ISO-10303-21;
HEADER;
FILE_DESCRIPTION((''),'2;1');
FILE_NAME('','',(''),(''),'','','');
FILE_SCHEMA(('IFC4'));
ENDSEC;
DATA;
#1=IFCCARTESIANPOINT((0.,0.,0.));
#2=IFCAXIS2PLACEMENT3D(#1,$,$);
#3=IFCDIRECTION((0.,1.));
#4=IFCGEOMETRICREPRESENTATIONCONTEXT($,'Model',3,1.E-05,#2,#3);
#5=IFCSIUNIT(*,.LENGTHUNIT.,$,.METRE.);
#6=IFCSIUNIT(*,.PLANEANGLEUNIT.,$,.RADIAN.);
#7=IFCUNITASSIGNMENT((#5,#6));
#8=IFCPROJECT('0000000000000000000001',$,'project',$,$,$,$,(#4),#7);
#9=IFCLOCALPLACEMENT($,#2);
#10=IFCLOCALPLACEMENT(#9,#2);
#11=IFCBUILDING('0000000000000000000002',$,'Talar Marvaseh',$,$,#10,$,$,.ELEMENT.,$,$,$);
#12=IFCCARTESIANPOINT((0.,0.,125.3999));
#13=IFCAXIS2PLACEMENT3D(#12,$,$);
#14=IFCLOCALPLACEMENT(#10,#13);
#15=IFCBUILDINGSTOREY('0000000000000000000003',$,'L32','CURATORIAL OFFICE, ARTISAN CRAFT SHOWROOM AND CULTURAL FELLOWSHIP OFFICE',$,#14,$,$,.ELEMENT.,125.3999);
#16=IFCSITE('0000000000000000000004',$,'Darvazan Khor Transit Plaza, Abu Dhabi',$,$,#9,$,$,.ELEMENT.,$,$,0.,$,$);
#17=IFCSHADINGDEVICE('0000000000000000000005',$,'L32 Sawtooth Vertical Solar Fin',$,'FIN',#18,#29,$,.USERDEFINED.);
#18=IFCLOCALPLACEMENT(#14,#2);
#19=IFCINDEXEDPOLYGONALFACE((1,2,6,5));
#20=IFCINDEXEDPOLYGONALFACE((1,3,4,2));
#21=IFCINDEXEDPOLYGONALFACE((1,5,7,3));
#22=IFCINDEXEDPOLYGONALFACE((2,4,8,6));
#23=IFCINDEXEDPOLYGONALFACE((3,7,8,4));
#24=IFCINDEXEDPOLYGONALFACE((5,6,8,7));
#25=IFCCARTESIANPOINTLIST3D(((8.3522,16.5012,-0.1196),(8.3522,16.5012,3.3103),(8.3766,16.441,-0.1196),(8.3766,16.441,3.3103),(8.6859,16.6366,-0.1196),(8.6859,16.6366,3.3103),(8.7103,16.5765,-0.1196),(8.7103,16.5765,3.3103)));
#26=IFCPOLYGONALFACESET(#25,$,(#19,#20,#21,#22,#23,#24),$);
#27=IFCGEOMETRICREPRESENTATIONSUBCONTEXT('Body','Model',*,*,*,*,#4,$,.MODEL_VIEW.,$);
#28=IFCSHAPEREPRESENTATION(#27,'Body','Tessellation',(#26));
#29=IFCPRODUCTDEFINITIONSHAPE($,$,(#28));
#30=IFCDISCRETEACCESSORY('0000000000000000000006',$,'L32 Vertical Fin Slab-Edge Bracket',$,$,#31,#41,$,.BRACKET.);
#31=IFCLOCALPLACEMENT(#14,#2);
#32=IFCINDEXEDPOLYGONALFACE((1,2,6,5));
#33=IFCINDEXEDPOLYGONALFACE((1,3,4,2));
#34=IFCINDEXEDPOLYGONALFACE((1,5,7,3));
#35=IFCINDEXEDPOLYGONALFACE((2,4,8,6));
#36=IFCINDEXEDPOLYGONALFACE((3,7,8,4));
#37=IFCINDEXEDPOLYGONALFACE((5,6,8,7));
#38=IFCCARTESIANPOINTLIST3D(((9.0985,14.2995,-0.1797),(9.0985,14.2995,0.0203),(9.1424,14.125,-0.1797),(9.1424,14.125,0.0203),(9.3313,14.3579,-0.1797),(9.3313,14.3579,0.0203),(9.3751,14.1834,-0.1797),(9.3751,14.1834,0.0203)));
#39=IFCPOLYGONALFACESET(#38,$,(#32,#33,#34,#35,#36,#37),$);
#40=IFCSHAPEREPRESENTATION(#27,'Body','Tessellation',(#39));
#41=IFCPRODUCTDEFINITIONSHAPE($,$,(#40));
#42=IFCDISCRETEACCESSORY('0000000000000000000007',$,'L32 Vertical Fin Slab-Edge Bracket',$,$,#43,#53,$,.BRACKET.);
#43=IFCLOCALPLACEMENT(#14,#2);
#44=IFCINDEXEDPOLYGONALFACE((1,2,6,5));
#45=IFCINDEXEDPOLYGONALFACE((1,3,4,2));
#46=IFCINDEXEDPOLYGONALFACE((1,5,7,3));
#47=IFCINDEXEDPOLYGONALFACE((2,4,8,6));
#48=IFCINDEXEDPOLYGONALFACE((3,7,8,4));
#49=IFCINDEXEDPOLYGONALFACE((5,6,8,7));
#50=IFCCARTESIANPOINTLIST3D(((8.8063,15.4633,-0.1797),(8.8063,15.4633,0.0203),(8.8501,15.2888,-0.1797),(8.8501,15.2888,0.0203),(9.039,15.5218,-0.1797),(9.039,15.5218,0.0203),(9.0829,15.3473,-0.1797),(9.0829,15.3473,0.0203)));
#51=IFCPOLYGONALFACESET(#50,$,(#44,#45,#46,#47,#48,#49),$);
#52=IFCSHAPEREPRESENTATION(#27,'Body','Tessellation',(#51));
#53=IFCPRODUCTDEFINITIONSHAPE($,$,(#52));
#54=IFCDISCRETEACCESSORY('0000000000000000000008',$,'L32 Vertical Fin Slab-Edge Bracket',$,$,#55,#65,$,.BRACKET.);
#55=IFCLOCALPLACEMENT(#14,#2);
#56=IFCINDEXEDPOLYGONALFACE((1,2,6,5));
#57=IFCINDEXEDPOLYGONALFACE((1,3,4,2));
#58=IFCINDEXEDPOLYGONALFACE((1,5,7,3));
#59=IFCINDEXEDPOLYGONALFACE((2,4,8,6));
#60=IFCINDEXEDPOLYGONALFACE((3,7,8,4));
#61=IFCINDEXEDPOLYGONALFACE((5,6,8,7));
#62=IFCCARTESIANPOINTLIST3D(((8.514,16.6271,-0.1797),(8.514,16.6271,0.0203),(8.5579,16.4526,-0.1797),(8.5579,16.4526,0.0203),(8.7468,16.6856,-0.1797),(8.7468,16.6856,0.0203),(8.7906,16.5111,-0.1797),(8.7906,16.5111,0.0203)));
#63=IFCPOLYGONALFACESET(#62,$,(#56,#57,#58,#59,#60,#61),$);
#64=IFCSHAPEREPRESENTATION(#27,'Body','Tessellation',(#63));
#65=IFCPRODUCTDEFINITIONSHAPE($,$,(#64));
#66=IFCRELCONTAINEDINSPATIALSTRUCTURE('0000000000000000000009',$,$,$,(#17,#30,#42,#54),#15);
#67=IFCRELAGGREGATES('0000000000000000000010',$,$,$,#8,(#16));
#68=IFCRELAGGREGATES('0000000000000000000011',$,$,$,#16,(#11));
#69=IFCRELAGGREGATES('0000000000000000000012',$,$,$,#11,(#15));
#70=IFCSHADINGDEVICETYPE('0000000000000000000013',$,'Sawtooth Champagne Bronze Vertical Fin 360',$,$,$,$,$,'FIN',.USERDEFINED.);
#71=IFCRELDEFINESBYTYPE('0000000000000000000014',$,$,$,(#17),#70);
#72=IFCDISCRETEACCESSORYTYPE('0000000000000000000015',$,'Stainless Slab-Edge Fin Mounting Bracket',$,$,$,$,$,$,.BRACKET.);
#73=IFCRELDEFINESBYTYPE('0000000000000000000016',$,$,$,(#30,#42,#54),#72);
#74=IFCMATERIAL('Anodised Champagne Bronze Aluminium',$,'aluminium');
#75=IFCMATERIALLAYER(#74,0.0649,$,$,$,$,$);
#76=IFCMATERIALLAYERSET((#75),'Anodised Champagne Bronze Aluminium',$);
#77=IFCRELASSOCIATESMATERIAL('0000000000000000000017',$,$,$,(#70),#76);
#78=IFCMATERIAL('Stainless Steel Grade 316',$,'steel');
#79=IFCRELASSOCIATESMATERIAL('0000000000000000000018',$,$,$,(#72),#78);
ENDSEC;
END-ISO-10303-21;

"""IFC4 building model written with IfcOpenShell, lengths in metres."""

from ifc_helpers import new_model, si_unit, direction, frame, origin, origin_2d, place, context, subcontext, project, spatial, rectangle, extrude, source, transform, mapped, material, layer, layer_set, type_object, type_shapes, element, save


model = new_model("IFC4")

# Units and contexts
model_context = context("Model", 3, precision=1e-05, world=origin(), true_north=direction((0.0, 1.0)))
body_context = subcontext(model_context, "Body", "Model", "MODEL_VIEW")
ifc_project = project(units=[si_unit("LENGTHUNIT", "METRE"), si_unit("PLANEANGLEUNIT", "RADIAN")], contexts=[model_context])

# Site, building, storey
site_placement = place(None, origin())
site = spatial("IfcSite", under=ifc_project, at=site_placement, Name="Darvazan Khor Transit Plaza, Abu Dhabi", CompositionType="ELEMENT", RefElevation=0.0)
building_placement = place(site_placement, origin())
building = spatial("IfcBuilding", under=site, at=building_placement, Name="Talar Marvaseh", CompositionType="ELEMENT")
storey_placement = place(building_placement, frame((0.0, 0.0, 125.3999)))
storey = spatial("IfcBuildingStorey", under=building, at=storey_placement, Name="L32", Description="CURATORIAL OFFICE, ARTISAN CRAFT SHOWROOM AND CULTURAL FELLOWSHIP OFFICE", CompositionType="ELEMENT", Elevation=125.3999)

# Shading device
ifc_material_1 = material(Name="Anodised Champagne Bronze Aluminium", Category="aluminium")
ifc_layer_1 = layer(ifc_material_1, 0.0649)
ifc_layer_set_1 = layer_set([ifc_layer_1], Name="Anodised Champagne Bronze Aluminium")
shading_device_type = type_object("IfcShadingDeviceType", Name="Sawtooth Champagne Bronze Vertical Fin 360", ElementType="FIN", PredefinedType="USERDEFINED", material=ifc_layer_set_1)
shared_shape_1 = source(origin(), body_context, "Body", "SweptSolid", [
    extrude(rectangle(XDim=0.3601, YDim=0.0649, at=origin_2d()), origin(), (0.0, 0.0, 1.0), 3.4299),
])
type_shapes(shading_device_type, [shared_shape_1])
for number, where, z_axis, x_axis, name in (
    (1, (8.5312, 16.5388, -0.1196), (0.0, 0.0, 1.0), (-0.926529, -0.376224, 0.0), "L32 Sawtooth Vertical Solar Fin"),
):
    element("IfcShadingDevice", number, at=place(storey_placement, frame(where, z_axis=z_axis, x_axis=x_axis)), inside=storey, type_object=shading_device_type, Name=name, ObjectType="FIN", PredefinedType="USERDEFINED", context=body_context, shape_type="MappedRepresentation", body=[
        mapped(shared_shape_1, transform((0.0, 0.0, 0.0), x_axis=(1.0, 0.0, 0.0), y_axis=(0.0, 1.0, 0.0), z_axis=(0.0, 0.0, 1.0), scale=1.0)),
    ])

# Discrete accessories
ifc_material_2 = material(Name="Stainless Steel Grade 316", Category="steel")
discrete_accessory_type = type_object("IfcDiscreteAccessoryType", Name="Stainless Slab-Edge Fin Mounting Bracket", PredefinedType="BRACKET", material=ifc_material_2)
shared_shape_2 = source(origin(), body_context, "Body", "SweptSolid", [
    extrude(rectangle(XDim=0.24, YDim=0.1799, at=origin_2d()), origin(), (0.0, 0.0, 1.0), 0.2),
])
type_shapes(discrete_accessory_type, [shared_shape_2])
for number, where, z_axis, x_axis, name in (
    (2, (9.2368, 14.2415, -0.1797), (0.0, 0.0, 1.0), (-0.969872, -0.243615, 0.0), "L32 Vertical Fin Slab-Edge Bracket"),
    (3, (8.9446, 15.4053, -0.1797), (0.0, 0.0, 1.0), (-0.969872, -0.243615, 0.0), "L32 Vertical Fin Slab-Edge Bracket"),
    (4, (8.6523, 16.5691, -0.1797), (0.0, 0.0, 1.0), (-0.969872, -0.243615, 0.0), "L32 Vertical Fin Slab-Edge Bracket"),
):
    element("IfcDiscreteAccessory", number, at=place(storey_placement, frame(where, z_axis=z_axis, x_axis=x_axis)), inside=storey, type_object=discrete_accessory_type, Name=name, PredefinedType="BRACKET", context=body_context, shape_type="MappedRepresentation", body=[
        mapped(shared_shape_2, transform((0.0, 0.0, 0.0), x_axis=(1.0, 0.0, 0.0), y_axis=(0.0, 1.0, 0.0), z_axis=(0.0, 0.0, 1.0), scale=1.0)),
    ])

save(model, "model.ifc")
